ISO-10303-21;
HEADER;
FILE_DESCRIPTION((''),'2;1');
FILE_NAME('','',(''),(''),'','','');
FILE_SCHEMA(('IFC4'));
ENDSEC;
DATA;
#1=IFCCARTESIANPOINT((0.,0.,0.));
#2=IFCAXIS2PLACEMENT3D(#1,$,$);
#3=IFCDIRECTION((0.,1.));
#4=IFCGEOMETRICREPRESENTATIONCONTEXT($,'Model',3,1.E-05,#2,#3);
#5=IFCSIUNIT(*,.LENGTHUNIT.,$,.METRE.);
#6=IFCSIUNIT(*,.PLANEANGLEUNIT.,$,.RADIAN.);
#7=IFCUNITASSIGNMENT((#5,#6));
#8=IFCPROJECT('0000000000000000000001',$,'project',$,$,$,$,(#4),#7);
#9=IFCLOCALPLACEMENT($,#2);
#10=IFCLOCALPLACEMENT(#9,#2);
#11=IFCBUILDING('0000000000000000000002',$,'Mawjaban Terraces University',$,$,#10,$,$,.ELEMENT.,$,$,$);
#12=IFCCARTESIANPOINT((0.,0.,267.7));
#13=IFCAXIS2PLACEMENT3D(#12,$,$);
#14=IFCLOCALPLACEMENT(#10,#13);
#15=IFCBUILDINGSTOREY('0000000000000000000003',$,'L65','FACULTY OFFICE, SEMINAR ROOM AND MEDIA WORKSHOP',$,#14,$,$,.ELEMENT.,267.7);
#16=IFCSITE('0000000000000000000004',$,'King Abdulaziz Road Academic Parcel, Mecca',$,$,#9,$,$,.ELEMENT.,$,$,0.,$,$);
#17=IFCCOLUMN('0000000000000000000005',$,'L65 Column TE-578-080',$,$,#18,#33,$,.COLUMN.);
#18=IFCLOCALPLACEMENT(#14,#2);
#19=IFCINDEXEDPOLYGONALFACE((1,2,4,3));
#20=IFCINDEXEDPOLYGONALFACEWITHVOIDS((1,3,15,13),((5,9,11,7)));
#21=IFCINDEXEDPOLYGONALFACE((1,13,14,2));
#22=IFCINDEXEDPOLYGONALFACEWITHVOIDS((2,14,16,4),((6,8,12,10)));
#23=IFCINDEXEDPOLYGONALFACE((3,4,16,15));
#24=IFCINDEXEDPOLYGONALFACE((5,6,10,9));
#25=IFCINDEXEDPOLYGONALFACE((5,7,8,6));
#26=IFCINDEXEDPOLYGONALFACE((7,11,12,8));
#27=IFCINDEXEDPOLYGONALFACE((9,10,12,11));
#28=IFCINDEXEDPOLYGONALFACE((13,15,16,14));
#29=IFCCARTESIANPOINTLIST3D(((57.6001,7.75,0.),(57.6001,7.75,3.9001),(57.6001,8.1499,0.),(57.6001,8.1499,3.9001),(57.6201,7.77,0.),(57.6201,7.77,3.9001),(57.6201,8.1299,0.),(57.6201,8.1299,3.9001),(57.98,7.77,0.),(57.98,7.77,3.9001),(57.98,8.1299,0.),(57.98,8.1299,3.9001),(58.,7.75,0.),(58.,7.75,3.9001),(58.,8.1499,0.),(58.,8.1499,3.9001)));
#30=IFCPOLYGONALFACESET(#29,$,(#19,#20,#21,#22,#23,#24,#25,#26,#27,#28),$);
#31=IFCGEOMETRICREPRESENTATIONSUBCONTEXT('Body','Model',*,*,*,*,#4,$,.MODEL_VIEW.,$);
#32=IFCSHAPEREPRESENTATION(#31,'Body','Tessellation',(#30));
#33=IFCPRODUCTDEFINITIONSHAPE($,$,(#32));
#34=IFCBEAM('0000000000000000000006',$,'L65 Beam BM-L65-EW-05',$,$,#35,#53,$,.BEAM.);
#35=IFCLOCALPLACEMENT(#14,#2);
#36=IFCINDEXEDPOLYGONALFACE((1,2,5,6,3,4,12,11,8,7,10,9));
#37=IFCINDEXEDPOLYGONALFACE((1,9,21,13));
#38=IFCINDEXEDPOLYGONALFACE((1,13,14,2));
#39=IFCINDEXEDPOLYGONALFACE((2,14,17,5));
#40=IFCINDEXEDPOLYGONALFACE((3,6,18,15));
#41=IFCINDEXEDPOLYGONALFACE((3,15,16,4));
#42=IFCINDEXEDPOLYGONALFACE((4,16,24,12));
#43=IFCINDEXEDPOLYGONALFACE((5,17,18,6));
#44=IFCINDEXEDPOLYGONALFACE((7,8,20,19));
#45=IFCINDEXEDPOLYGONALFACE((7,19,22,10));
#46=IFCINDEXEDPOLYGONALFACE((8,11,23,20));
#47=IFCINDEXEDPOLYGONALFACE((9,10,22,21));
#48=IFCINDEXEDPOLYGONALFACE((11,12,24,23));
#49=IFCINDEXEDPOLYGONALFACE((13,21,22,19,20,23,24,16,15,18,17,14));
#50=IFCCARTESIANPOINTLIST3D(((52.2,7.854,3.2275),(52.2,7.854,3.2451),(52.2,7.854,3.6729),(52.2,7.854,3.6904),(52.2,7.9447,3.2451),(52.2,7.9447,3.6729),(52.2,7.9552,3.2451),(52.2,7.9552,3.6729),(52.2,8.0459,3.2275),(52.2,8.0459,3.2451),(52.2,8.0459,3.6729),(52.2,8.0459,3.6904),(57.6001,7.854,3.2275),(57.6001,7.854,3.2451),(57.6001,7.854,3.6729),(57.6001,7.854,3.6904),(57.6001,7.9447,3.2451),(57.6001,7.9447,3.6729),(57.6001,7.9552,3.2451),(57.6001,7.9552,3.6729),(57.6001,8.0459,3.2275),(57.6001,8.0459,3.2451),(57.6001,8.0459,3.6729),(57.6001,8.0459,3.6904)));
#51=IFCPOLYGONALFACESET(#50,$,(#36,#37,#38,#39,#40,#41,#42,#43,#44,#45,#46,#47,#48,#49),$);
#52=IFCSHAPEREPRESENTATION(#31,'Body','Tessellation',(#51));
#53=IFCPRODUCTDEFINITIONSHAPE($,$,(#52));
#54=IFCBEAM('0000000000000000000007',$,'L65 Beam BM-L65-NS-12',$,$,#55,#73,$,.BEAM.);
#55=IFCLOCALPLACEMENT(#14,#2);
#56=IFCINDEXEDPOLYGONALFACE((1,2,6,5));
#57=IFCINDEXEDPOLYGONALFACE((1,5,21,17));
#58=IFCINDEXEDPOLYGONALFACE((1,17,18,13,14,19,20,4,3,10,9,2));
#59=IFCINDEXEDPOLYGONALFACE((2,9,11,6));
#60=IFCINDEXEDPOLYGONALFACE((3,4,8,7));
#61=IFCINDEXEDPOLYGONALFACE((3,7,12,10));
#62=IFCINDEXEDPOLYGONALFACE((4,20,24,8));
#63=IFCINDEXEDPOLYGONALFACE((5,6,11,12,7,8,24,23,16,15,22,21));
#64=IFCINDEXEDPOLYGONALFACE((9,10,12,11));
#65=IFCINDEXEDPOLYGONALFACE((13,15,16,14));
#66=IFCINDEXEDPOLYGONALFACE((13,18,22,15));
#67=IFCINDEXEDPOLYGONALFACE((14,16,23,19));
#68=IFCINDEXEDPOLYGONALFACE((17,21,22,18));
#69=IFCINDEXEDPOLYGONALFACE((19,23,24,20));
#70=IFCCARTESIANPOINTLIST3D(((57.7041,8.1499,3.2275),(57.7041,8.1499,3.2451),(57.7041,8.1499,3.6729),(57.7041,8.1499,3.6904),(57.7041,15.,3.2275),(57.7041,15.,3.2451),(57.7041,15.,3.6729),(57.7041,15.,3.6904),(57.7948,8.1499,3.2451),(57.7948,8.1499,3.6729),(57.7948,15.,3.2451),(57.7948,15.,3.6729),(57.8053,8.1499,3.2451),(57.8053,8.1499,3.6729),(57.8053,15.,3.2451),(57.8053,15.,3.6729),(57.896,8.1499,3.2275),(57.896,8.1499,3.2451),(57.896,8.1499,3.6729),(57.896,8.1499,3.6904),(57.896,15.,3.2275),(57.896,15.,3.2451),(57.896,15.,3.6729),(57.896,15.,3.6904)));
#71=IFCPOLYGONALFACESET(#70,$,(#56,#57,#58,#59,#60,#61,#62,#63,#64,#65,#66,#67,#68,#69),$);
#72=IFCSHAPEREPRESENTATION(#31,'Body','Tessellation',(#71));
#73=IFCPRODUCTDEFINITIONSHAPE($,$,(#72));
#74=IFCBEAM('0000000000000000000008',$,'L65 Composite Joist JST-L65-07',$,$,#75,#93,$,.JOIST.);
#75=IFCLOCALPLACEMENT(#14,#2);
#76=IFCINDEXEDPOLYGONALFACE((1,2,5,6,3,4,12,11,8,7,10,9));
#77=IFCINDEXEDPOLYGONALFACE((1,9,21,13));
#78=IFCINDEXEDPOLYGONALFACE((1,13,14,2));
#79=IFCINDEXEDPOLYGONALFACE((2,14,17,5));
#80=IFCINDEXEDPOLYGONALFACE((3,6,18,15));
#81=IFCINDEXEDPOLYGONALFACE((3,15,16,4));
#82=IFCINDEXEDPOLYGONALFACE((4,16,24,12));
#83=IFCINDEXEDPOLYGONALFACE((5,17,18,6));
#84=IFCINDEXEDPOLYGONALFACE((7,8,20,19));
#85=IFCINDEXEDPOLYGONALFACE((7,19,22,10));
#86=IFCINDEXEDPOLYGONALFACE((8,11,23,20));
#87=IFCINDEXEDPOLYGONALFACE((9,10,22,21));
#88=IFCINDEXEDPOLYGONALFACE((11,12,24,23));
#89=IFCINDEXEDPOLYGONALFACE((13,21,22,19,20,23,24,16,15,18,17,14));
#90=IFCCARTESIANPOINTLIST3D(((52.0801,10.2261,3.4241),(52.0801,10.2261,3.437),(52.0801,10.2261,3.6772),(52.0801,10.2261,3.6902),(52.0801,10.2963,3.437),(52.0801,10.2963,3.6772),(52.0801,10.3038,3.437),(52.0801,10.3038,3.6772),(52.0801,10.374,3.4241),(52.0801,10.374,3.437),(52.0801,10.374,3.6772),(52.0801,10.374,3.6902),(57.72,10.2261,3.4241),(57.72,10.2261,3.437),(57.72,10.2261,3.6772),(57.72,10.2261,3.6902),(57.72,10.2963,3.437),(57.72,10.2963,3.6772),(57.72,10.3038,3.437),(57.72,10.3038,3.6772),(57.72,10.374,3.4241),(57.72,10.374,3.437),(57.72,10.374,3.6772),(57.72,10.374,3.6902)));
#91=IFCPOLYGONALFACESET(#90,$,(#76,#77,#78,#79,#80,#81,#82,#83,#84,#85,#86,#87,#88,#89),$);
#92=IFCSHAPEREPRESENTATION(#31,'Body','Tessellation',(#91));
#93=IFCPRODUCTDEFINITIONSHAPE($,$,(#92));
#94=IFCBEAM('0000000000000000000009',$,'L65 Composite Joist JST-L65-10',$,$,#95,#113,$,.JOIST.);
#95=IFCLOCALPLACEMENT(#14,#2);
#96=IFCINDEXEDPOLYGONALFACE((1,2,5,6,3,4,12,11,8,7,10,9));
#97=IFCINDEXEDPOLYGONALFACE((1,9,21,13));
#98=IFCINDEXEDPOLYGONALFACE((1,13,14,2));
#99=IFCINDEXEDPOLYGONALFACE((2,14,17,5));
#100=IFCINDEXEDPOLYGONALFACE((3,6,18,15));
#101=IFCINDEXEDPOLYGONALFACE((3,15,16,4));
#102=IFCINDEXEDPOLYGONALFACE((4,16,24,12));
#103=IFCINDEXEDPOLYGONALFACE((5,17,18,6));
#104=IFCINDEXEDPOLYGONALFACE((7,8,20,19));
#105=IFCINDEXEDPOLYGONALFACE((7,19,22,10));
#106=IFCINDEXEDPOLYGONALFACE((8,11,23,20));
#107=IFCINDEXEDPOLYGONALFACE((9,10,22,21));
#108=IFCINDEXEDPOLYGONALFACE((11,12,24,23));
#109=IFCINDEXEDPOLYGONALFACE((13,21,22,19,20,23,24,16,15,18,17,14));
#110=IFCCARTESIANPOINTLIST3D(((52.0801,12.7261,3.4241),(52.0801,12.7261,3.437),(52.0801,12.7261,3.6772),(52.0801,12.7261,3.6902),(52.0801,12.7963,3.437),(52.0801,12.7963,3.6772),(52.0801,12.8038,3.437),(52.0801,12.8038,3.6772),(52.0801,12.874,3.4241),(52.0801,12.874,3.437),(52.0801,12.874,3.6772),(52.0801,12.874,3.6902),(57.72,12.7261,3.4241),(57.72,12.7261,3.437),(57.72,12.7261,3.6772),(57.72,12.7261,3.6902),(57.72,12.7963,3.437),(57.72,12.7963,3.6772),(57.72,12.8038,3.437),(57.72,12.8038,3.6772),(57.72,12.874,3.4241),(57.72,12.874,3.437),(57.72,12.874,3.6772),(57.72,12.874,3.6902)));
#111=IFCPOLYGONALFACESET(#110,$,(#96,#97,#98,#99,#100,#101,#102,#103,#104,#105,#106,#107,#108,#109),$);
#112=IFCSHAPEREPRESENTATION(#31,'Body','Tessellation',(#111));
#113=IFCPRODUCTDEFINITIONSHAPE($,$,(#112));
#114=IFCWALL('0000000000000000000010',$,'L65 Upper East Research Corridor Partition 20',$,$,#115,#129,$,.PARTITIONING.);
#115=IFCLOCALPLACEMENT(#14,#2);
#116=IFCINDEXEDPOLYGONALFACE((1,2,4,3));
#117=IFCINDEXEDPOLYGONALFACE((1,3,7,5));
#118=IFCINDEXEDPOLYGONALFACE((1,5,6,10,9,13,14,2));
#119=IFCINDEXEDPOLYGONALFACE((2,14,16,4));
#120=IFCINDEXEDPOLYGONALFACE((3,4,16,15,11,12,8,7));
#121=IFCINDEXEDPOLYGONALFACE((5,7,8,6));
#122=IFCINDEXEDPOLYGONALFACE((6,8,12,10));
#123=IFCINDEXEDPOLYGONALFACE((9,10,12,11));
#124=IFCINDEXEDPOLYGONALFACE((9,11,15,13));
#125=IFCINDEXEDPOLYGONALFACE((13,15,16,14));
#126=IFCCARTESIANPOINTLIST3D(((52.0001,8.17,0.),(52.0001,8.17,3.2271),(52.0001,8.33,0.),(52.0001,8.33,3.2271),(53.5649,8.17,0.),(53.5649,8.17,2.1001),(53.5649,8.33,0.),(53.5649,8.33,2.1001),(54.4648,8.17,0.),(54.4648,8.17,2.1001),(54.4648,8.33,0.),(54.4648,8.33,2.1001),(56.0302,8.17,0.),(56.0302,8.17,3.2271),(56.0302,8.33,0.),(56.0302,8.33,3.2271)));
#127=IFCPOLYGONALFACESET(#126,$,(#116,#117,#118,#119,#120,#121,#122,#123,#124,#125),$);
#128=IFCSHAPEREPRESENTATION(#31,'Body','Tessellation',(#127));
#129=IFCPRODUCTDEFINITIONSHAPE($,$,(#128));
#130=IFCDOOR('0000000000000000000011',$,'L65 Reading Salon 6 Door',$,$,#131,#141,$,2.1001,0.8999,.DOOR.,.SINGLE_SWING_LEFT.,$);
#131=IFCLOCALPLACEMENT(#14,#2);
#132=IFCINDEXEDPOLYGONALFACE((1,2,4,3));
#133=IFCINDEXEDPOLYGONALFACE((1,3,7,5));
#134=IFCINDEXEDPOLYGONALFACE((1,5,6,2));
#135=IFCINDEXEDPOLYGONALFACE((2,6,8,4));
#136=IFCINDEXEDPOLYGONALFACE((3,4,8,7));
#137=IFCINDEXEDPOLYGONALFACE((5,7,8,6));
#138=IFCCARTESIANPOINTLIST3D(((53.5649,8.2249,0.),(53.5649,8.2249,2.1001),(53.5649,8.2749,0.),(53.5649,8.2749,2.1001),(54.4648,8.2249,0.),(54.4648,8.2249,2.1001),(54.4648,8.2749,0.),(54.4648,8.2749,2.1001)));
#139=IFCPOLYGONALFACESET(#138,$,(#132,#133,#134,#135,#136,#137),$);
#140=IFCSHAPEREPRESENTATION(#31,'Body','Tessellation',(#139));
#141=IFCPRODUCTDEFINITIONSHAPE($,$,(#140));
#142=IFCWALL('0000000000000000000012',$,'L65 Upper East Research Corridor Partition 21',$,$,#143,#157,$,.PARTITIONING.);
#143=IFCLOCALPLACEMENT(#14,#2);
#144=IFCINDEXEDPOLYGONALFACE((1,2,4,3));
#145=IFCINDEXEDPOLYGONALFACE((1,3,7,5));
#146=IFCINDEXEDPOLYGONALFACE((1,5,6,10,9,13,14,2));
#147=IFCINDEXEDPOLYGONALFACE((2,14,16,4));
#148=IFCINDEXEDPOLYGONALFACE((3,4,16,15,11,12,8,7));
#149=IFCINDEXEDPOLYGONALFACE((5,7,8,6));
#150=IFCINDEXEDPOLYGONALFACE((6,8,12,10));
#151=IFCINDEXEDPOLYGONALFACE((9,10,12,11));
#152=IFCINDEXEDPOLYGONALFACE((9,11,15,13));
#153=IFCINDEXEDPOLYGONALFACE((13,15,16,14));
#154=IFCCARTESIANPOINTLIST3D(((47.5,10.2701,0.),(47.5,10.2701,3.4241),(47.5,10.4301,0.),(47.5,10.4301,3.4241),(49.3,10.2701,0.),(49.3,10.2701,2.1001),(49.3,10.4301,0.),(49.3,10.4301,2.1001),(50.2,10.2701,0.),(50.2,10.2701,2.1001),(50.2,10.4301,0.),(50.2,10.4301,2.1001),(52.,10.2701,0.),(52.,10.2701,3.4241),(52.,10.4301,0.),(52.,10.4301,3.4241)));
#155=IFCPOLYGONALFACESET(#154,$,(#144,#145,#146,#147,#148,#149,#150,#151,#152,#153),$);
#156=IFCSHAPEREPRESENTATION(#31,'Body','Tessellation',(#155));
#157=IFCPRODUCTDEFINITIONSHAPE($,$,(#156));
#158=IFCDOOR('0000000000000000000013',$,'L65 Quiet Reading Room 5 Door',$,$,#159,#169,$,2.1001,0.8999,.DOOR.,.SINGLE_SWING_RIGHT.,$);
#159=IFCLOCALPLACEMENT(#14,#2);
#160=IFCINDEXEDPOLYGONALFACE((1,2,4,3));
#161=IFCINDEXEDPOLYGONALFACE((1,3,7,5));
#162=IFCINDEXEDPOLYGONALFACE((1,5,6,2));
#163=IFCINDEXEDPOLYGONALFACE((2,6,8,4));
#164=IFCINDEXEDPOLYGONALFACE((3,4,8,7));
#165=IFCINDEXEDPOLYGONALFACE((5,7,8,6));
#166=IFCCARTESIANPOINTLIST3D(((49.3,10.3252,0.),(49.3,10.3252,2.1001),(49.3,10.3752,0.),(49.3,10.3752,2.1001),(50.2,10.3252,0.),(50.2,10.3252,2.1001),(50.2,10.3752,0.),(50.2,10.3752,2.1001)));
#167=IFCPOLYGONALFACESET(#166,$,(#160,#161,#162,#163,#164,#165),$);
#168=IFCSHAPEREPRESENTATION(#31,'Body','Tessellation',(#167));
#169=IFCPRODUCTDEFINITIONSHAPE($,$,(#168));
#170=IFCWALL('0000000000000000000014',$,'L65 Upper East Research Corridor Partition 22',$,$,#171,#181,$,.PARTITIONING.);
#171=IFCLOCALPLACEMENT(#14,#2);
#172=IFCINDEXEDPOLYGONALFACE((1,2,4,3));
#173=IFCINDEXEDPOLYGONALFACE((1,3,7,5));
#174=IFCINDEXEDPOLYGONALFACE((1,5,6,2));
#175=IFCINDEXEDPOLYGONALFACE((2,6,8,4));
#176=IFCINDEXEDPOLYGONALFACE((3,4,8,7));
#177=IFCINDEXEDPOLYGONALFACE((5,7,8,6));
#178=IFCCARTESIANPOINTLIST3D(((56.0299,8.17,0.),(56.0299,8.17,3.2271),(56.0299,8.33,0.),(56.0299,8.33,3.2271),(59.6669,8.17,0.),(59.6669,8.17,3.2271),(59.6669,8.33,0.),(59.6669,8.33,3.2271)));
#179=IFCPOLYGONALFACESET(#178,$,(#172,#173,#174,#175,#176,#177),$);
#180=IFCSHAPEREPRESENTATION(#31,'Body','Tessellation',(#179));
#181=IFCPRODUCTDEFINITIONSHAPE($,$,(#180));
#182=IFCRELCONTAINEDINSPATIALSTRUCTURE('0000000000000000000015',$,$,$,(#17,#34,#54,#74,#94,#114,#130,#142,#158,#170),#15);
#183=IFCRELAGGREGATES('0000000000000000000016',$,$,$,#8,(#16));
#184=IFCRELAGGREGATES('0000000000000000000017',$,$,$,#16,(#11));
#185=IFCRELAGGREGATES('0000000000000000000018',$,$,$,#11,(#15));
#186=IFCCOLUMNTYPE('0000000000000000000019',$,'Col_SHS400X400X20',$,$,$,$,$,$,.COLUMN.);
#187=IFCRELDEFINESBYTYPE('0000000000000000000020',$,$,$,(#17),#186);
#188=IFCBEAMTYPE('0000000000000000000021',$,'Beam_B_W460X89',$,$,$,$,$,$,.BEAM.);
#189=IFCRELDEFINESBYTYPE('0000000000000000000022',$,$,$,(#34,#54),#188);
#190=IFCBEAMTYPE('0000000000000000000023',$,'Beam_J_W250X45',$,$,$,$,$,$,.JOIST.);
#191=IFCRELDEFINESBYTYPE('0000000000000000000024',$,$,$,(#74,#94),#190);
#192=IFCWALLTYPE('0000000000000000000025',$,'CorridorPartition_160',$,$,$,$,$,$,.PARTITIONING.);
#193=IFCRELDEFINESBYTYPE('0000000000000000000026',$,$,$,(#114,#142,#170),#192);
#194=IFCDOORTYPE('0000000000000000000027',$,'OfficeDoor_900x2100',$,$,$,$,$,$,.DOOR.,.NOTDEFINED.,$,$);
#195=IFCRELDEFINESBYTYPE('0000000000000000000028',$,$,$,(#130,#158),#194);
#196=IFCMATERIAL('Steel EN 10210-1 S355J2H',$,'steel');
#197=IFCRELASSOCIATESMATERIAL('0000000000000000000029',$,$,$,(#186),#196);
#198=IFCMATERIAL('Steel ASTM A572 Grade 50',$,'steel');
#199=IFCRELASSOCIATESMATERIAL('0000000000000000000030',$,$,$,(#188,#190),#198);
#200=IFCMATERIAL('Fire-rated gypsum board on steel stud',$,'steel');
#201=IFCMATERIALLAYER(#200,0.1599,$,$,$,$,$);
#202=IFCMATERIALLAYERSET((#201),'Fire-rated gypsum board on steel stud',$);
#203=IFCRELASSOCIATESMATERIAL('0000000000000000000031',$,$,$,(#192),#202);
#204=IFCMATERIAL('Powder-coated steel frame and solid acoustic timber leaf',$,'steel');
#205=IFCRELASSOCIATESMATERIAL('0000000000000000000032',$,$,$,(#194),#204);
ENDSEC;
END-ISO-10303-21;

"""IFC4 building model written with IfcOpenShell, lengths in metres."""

from ifc_helpers import new_model, si_unit, direction, frame, frame_2d, origin, origin_2d, place, context, subcontext, project, spatial, rectangle, hollow_rectangle, i_section, extrude, material, layer, layer_set, material_profile, profile_set, type_object, element, fill, save


model = new_model("IFC4")

# Units and contexts
model_context = context("Model", 3, precision=1e-05, world=origin(), true_north=direction((0.0, 1.0)))
body_context = subcontext(model_context, "Body", "Model", "MODEL_VIEW")
ifc_project = project(units=[si_unit("LENGTHUNIT", "METRE"), si_unit("PLANEANGLEUNIT", "RADIAN")], contexts=[model_context])

# Site, building, storey
site_placement = place(None, origin())
site = spatial("IfcSite", under=ifc_project, at=site_placement, Name="King Abdulaziz Road Academic Parcel, Mecca", CompositionType="ELEMENT", RefElevation=0.0)
building_placement = place(site_placement, origin())
building = spatial("IfcBuilding", under=site, at=building_placement, Name="Mawjaban Terraces University", CompositionType="ELEMENT")
storey_placement = place(building_placement, frame((0.0, 0.0, 267.7)))
storey = spatial("IfcBuildingStorey", under=building, at=storey_placement, Name="L65", Description="FACULTY OFFICE, SEMINAR ROOM AND MEDIA WORKSHOP", CompositionType="ELEMENT", Elevation=267.7)

# Column
ifc_material_1 = material(Name="Steel EN 10210-1 S355J2H", Category="steel")
ifc_material_profile_1 = material_profile(ifc_material_1, hollow_rectangle(XDim=0.3999, YDim=0.3999, WallThickness=0.02, at=origin_2d()), Name="SHS400X400X20")
ifc_profile_set_1 = profile_set([ifc_material_profile_1], Name="Steel EN 10210-1 S355J2H")
column_type = type_object("IfcColumnType", Name="Col_SHS400X400X20", PredefinedType="COLUMN", material=ifc_profile_set_1)
column_placement = place(storey_placement, frame((57.8, 7.95, 0.0), z_axis=(0.0, 0.0, 1.0), x_axis=(1.0, 0.0, 0.0)))
element("IfcColumn", 1, at=column_placement, inside=storey, type_object=column_type, Name="L65 Column TE-578-080", PredefinedType="COLUMN", context=body_context, shape_type="SweptSolid", body=[
    extrude(hollow_rectangle(XDim=0.3999, YDim=0.3999, WallThickness=0.02, at=origin_2d()), origin(), (0.0, 0.0, 1.0), 3.9001),
])

# Beams
ifc_material_2 = material(Name="Steel ASTM A572 Grade 50", Category="steel")
ifc_material_profile_2 = material_profile(ifc_material_2, i_section(OverallWidth=0.1919, OverallDepth=0.4629, WebThickness=0.0105, FlangeThickness=0.0176, at=origin_2d()), Name="W460X89")
ifc_profile_set_2 = profile_set([ifc_material_profile_2], Name="Steel ASTM A572 Grade 50")
beam_type_1 = type_object("IfcBeamType", Name="Beam_B_W460X89", PredefinedType="BEAM", material=ifc_profile_set_2)
beam_1_placement = place(storey_placement, frame((52.2, 7.95, 3.459), z_axis=(1.0, 0.0, 0.0), x_axis=(0.0, 1.0, 0.0)))
element("IfcBeam", 2, at=beam_1_placement, inside=storey, type_object=beam_type_1, Name="L65 Beam BM-L65-EW-05", PredefinedType="BEAM", context=body_context, shape_type="SweptSolid", body=[
    extrude(i_section(OverallWidth=0.1919, OverallDepth=0.4629, WebThickness=0.0105, FlangeThickness=0.0176, at=origin_2d()), origin(), (0.0, 0.0, 1.0), 5.4001),
])
beam_2_placement = place(storey_placement, frame((57.8, 8.1499, 3.459), z_axis=(0.0, 1.0, 0.0), x_axis=(-1.0, 0.0, 0.0)))
element("IfcBeam", 3, at=beam_2_placement, inside=storey, type_object=beam_type_1, Name="L65 Beam BM-L65-NS-12", PredefinedType="BEAM", context=body_context, shape_type="SweptSolid", body=[
    extrude(i_section(OverallWidth=0.1919, OverallDepth=0.4629, WebThickness=0.0105, FlangeThickness=0.0176, at=origin_2d()), origin(), (0.0, 0.0, 1.0), 6.8501),
])
ifc_material_profile_3 = material_profile(ifc_material_2, i_section(OverallWidth=0.1479, OverallDepth=0.2661, WebThickness=0.0076, FlangeThickness=0.0129, at=origin_2d()), Name="W250X45")
ifc_profile_set_3 = profile_set([ifc_material_profile_3], Name="Steel ASTM A572 Grade 50")
beam_type_2 = type_object("IfcBeamType", Name="Beam_J_W250X45", PredefinedType="JOIST", material=ifc_profile_set_3)
for number, where, z_axis, x_axis, name in (
    (4, (52.0801, 10.3, 3.5571), (1.0, 0.0, 0.0), (0.0, 1.0, 0.0), "L65 Composite Joist JST-L65-07"),
    (5, (52.0801, 12.8, 3.5571), (1.0, 0.0, 0.0), (0.0, 1.0, 0.0), "L65 Composite Joist JST-L65-10"),
):
    element("IfcBeam", number, at=place(storey_placement, frame(where, z_axis=z_axis, x_axis=x_axis)), inside=storey, type_object=beam_type_2, Name=name, PredefinedType="JOIST", context=body_context, shape_type="SweptSolid", body=[
        extrude(i_section(OverallWidth=0.1479, OverallDepth=0.2661, WebThickness=0.0076, FlangeThickness=0.0129, at=origin_2d()), origin(), (0.0, 0.0, 1.0), 5.6399),
    ])

# Walls, openings, doors
ifc_material_3 = material(Name="Fire-rated gypsum board on steel stud", Category="steel")
ifc_layer_1 = layer(ifc_material_3, 0.1599)
ifc_layer_set_1 = layer_set([ifc_layer_1], Name="Fire-rated gypsum board on steel stud")
wall_type_1 = type_object("IfcWallType", Name="CorridorPartition_160", PredefinedType="PARTITIONING", material=ifc_layer_set_1)
wall_1_placement = place(storey_placement, frame((52.0, 8.25, 0.0), z_axis=(0.0, 0.0, 1.0), x_axis=(1.0, 0.0, 0.0)))
wall_1 = element("IfcWall", 6, at=wall_1_placement, inside=storey, type_object=wall_type_1, Name="L65 Upper East Research Corridor Partition 20", PredefinedType="PARTITIONING", context=body_context, shape_type="SweptSolid", body=[
    extrude(rectangle(XDim=4.03, YDim=0.1599, at=frame_2d((2.0151, 0.0))), origin(), (0.0, 0.0, 1.0), 3.2271),
])
opening_1_placement = place(wall_1_placement, frame((1.5649, 0.0, 0.0)))
opening_1 = element("IfcOpeningElement", 7, at=opening_1_placement, cuts=wall_1, PredefinedType="OPENING", context=body_context, shape_type="SweptSolid", body=[
    extrude(rectangle(XDim=0.8999, YDim=2.1001, at=frame_2d((0.45, 1.05))), frame((0.0, 0.0898, 0.0), z_axis=(0.0, -1.0, 0.0), x_axis=(1.0, 0.0, 0.0)), (0.0, 0.0, 1.0), 0.1799),
])
ifc_material_4 = material(Name="Powder-coated steel frame and solid acoustic timber leaf", Category="steel")
door_type_1 = type_object("IfcDoorType", Name="OfficeDoor_900x2100", OperationType="NOTDEFINED", PredefinedType="DOOR", material=ifc_material_4)
door_1_placement = place(opening_1_placement, origin())
door_1 = element("IfcDoor", 8, at=door_1_placement, inside=storey, type_object=door_type_1, Name="L65 Reading Salon 6 Door", OperationType="SINGLE_SWING_LEFT", OverallHeight=2.1001, OverallWidth=0.8999, PredefinedType="DOOR", context=body_context, shape_type="SweptSolid", body=[
    extrude(rectangle(XDim=0.8999, YDim=2.1001, at=frame_2d((0.45, 1.05))), frame((0.0, 0.0249, 0.0), z_axis=(0.0, -1.0, 0.0), x_axis=(1.0, 0.0, 0.0)), (0.0, 0.0, 1.0), 0.05),
])
fill(opening_1, door_1)
wall_2_placement = place(storey_placement, frame((52.0, 10.3501, 0.0), z_axis=(0.0, 0.0, 1.0), x_axis=(-1.0, 0.0, 0.0)))
wall_2 = element("IfcWall", 9, at=wall_2_placement, inside=storey, type_object=wall_type_1, Name="L65 Upper East Research Corridor Partition 21", PredefinedType="PARTITIONING", context=body_context, shape_type="SweptSolid", body=[
    extrude(rectangle(XDim=4.5, YDim=0.1599, at=frame_2d((2.25, 0.0))), origin(), (0.0, 0.0, 1.0), 3.4241),
])
opening_2_placement = place(wall_2_placement, frame((1.8, 0.0, 0.0)))
opening_2 = element("IfcOpeningElement", 10, at=opening_2_placement, cuts=wall_2, PredefinedType="OPENING", context=body_context, shape_type="SweptSolid", body=[
    extrude(rectangle(XDim=0.8999, YDim=2.1001, at=frame_2d((0.45, 1.05))), frame((0.0, 0.0898, 0.0), z_axis=(0.0, -1.0, 0.0), x_axis=(1.0, 0.0, 0.0)), (0.0, 0.0, 1.0), 0.1799),
])
door_2_placement = place(opening_2_placement, origin())
door_2 = element("IfcDoor", 11, at=door_2_placement, inside=storey, type_object=door_type_1, Name="L65 Quiet Reading Room 5 Door", OperationType="SINGLE_SWING_RIGHT", OverallHeight=2.1001, OverallWidth=0.8999, PredefinedType="DOOR", context=body_context, shape_type="SweptSolid", body=[
    extrude(rectangle(XDim=0.8999, YDim=2.1001, at=frame_2d((0.45, 1.05))), frame((0.0, 0.0249, 0.0), z_axis=(0.0, -1.0, 0.0), x_axis=(1.0, 0.0, 0.0)), (0.0, 0.0, 1.0), 0.05),
])
fill(opening_2, door_2)

# Wall
wall_3_placement = place(storey_placement, frame((56.03, 8.25, 0.0), z_axis=(0.0, 0.0, 1.0), x_axis=(1.0, 0.0, 0.0)))
element("IfcWall", 12, at=wall_3_placement, inside=storey, type_object=wall_type_1, Name="L65 Upper East Research Corridor Partition 22", PredefinedType="PARTITIONING", context=body_context, shape_type="SweptSolid", body=[
    extrude(rectangle(XDim=3.637, YDim=0.1599, at=frame_2d((1.8184, 0.0))), origin(), (0.0, 0.0, 1.0), 3.2271),
])

save(model, "model.ifc")
